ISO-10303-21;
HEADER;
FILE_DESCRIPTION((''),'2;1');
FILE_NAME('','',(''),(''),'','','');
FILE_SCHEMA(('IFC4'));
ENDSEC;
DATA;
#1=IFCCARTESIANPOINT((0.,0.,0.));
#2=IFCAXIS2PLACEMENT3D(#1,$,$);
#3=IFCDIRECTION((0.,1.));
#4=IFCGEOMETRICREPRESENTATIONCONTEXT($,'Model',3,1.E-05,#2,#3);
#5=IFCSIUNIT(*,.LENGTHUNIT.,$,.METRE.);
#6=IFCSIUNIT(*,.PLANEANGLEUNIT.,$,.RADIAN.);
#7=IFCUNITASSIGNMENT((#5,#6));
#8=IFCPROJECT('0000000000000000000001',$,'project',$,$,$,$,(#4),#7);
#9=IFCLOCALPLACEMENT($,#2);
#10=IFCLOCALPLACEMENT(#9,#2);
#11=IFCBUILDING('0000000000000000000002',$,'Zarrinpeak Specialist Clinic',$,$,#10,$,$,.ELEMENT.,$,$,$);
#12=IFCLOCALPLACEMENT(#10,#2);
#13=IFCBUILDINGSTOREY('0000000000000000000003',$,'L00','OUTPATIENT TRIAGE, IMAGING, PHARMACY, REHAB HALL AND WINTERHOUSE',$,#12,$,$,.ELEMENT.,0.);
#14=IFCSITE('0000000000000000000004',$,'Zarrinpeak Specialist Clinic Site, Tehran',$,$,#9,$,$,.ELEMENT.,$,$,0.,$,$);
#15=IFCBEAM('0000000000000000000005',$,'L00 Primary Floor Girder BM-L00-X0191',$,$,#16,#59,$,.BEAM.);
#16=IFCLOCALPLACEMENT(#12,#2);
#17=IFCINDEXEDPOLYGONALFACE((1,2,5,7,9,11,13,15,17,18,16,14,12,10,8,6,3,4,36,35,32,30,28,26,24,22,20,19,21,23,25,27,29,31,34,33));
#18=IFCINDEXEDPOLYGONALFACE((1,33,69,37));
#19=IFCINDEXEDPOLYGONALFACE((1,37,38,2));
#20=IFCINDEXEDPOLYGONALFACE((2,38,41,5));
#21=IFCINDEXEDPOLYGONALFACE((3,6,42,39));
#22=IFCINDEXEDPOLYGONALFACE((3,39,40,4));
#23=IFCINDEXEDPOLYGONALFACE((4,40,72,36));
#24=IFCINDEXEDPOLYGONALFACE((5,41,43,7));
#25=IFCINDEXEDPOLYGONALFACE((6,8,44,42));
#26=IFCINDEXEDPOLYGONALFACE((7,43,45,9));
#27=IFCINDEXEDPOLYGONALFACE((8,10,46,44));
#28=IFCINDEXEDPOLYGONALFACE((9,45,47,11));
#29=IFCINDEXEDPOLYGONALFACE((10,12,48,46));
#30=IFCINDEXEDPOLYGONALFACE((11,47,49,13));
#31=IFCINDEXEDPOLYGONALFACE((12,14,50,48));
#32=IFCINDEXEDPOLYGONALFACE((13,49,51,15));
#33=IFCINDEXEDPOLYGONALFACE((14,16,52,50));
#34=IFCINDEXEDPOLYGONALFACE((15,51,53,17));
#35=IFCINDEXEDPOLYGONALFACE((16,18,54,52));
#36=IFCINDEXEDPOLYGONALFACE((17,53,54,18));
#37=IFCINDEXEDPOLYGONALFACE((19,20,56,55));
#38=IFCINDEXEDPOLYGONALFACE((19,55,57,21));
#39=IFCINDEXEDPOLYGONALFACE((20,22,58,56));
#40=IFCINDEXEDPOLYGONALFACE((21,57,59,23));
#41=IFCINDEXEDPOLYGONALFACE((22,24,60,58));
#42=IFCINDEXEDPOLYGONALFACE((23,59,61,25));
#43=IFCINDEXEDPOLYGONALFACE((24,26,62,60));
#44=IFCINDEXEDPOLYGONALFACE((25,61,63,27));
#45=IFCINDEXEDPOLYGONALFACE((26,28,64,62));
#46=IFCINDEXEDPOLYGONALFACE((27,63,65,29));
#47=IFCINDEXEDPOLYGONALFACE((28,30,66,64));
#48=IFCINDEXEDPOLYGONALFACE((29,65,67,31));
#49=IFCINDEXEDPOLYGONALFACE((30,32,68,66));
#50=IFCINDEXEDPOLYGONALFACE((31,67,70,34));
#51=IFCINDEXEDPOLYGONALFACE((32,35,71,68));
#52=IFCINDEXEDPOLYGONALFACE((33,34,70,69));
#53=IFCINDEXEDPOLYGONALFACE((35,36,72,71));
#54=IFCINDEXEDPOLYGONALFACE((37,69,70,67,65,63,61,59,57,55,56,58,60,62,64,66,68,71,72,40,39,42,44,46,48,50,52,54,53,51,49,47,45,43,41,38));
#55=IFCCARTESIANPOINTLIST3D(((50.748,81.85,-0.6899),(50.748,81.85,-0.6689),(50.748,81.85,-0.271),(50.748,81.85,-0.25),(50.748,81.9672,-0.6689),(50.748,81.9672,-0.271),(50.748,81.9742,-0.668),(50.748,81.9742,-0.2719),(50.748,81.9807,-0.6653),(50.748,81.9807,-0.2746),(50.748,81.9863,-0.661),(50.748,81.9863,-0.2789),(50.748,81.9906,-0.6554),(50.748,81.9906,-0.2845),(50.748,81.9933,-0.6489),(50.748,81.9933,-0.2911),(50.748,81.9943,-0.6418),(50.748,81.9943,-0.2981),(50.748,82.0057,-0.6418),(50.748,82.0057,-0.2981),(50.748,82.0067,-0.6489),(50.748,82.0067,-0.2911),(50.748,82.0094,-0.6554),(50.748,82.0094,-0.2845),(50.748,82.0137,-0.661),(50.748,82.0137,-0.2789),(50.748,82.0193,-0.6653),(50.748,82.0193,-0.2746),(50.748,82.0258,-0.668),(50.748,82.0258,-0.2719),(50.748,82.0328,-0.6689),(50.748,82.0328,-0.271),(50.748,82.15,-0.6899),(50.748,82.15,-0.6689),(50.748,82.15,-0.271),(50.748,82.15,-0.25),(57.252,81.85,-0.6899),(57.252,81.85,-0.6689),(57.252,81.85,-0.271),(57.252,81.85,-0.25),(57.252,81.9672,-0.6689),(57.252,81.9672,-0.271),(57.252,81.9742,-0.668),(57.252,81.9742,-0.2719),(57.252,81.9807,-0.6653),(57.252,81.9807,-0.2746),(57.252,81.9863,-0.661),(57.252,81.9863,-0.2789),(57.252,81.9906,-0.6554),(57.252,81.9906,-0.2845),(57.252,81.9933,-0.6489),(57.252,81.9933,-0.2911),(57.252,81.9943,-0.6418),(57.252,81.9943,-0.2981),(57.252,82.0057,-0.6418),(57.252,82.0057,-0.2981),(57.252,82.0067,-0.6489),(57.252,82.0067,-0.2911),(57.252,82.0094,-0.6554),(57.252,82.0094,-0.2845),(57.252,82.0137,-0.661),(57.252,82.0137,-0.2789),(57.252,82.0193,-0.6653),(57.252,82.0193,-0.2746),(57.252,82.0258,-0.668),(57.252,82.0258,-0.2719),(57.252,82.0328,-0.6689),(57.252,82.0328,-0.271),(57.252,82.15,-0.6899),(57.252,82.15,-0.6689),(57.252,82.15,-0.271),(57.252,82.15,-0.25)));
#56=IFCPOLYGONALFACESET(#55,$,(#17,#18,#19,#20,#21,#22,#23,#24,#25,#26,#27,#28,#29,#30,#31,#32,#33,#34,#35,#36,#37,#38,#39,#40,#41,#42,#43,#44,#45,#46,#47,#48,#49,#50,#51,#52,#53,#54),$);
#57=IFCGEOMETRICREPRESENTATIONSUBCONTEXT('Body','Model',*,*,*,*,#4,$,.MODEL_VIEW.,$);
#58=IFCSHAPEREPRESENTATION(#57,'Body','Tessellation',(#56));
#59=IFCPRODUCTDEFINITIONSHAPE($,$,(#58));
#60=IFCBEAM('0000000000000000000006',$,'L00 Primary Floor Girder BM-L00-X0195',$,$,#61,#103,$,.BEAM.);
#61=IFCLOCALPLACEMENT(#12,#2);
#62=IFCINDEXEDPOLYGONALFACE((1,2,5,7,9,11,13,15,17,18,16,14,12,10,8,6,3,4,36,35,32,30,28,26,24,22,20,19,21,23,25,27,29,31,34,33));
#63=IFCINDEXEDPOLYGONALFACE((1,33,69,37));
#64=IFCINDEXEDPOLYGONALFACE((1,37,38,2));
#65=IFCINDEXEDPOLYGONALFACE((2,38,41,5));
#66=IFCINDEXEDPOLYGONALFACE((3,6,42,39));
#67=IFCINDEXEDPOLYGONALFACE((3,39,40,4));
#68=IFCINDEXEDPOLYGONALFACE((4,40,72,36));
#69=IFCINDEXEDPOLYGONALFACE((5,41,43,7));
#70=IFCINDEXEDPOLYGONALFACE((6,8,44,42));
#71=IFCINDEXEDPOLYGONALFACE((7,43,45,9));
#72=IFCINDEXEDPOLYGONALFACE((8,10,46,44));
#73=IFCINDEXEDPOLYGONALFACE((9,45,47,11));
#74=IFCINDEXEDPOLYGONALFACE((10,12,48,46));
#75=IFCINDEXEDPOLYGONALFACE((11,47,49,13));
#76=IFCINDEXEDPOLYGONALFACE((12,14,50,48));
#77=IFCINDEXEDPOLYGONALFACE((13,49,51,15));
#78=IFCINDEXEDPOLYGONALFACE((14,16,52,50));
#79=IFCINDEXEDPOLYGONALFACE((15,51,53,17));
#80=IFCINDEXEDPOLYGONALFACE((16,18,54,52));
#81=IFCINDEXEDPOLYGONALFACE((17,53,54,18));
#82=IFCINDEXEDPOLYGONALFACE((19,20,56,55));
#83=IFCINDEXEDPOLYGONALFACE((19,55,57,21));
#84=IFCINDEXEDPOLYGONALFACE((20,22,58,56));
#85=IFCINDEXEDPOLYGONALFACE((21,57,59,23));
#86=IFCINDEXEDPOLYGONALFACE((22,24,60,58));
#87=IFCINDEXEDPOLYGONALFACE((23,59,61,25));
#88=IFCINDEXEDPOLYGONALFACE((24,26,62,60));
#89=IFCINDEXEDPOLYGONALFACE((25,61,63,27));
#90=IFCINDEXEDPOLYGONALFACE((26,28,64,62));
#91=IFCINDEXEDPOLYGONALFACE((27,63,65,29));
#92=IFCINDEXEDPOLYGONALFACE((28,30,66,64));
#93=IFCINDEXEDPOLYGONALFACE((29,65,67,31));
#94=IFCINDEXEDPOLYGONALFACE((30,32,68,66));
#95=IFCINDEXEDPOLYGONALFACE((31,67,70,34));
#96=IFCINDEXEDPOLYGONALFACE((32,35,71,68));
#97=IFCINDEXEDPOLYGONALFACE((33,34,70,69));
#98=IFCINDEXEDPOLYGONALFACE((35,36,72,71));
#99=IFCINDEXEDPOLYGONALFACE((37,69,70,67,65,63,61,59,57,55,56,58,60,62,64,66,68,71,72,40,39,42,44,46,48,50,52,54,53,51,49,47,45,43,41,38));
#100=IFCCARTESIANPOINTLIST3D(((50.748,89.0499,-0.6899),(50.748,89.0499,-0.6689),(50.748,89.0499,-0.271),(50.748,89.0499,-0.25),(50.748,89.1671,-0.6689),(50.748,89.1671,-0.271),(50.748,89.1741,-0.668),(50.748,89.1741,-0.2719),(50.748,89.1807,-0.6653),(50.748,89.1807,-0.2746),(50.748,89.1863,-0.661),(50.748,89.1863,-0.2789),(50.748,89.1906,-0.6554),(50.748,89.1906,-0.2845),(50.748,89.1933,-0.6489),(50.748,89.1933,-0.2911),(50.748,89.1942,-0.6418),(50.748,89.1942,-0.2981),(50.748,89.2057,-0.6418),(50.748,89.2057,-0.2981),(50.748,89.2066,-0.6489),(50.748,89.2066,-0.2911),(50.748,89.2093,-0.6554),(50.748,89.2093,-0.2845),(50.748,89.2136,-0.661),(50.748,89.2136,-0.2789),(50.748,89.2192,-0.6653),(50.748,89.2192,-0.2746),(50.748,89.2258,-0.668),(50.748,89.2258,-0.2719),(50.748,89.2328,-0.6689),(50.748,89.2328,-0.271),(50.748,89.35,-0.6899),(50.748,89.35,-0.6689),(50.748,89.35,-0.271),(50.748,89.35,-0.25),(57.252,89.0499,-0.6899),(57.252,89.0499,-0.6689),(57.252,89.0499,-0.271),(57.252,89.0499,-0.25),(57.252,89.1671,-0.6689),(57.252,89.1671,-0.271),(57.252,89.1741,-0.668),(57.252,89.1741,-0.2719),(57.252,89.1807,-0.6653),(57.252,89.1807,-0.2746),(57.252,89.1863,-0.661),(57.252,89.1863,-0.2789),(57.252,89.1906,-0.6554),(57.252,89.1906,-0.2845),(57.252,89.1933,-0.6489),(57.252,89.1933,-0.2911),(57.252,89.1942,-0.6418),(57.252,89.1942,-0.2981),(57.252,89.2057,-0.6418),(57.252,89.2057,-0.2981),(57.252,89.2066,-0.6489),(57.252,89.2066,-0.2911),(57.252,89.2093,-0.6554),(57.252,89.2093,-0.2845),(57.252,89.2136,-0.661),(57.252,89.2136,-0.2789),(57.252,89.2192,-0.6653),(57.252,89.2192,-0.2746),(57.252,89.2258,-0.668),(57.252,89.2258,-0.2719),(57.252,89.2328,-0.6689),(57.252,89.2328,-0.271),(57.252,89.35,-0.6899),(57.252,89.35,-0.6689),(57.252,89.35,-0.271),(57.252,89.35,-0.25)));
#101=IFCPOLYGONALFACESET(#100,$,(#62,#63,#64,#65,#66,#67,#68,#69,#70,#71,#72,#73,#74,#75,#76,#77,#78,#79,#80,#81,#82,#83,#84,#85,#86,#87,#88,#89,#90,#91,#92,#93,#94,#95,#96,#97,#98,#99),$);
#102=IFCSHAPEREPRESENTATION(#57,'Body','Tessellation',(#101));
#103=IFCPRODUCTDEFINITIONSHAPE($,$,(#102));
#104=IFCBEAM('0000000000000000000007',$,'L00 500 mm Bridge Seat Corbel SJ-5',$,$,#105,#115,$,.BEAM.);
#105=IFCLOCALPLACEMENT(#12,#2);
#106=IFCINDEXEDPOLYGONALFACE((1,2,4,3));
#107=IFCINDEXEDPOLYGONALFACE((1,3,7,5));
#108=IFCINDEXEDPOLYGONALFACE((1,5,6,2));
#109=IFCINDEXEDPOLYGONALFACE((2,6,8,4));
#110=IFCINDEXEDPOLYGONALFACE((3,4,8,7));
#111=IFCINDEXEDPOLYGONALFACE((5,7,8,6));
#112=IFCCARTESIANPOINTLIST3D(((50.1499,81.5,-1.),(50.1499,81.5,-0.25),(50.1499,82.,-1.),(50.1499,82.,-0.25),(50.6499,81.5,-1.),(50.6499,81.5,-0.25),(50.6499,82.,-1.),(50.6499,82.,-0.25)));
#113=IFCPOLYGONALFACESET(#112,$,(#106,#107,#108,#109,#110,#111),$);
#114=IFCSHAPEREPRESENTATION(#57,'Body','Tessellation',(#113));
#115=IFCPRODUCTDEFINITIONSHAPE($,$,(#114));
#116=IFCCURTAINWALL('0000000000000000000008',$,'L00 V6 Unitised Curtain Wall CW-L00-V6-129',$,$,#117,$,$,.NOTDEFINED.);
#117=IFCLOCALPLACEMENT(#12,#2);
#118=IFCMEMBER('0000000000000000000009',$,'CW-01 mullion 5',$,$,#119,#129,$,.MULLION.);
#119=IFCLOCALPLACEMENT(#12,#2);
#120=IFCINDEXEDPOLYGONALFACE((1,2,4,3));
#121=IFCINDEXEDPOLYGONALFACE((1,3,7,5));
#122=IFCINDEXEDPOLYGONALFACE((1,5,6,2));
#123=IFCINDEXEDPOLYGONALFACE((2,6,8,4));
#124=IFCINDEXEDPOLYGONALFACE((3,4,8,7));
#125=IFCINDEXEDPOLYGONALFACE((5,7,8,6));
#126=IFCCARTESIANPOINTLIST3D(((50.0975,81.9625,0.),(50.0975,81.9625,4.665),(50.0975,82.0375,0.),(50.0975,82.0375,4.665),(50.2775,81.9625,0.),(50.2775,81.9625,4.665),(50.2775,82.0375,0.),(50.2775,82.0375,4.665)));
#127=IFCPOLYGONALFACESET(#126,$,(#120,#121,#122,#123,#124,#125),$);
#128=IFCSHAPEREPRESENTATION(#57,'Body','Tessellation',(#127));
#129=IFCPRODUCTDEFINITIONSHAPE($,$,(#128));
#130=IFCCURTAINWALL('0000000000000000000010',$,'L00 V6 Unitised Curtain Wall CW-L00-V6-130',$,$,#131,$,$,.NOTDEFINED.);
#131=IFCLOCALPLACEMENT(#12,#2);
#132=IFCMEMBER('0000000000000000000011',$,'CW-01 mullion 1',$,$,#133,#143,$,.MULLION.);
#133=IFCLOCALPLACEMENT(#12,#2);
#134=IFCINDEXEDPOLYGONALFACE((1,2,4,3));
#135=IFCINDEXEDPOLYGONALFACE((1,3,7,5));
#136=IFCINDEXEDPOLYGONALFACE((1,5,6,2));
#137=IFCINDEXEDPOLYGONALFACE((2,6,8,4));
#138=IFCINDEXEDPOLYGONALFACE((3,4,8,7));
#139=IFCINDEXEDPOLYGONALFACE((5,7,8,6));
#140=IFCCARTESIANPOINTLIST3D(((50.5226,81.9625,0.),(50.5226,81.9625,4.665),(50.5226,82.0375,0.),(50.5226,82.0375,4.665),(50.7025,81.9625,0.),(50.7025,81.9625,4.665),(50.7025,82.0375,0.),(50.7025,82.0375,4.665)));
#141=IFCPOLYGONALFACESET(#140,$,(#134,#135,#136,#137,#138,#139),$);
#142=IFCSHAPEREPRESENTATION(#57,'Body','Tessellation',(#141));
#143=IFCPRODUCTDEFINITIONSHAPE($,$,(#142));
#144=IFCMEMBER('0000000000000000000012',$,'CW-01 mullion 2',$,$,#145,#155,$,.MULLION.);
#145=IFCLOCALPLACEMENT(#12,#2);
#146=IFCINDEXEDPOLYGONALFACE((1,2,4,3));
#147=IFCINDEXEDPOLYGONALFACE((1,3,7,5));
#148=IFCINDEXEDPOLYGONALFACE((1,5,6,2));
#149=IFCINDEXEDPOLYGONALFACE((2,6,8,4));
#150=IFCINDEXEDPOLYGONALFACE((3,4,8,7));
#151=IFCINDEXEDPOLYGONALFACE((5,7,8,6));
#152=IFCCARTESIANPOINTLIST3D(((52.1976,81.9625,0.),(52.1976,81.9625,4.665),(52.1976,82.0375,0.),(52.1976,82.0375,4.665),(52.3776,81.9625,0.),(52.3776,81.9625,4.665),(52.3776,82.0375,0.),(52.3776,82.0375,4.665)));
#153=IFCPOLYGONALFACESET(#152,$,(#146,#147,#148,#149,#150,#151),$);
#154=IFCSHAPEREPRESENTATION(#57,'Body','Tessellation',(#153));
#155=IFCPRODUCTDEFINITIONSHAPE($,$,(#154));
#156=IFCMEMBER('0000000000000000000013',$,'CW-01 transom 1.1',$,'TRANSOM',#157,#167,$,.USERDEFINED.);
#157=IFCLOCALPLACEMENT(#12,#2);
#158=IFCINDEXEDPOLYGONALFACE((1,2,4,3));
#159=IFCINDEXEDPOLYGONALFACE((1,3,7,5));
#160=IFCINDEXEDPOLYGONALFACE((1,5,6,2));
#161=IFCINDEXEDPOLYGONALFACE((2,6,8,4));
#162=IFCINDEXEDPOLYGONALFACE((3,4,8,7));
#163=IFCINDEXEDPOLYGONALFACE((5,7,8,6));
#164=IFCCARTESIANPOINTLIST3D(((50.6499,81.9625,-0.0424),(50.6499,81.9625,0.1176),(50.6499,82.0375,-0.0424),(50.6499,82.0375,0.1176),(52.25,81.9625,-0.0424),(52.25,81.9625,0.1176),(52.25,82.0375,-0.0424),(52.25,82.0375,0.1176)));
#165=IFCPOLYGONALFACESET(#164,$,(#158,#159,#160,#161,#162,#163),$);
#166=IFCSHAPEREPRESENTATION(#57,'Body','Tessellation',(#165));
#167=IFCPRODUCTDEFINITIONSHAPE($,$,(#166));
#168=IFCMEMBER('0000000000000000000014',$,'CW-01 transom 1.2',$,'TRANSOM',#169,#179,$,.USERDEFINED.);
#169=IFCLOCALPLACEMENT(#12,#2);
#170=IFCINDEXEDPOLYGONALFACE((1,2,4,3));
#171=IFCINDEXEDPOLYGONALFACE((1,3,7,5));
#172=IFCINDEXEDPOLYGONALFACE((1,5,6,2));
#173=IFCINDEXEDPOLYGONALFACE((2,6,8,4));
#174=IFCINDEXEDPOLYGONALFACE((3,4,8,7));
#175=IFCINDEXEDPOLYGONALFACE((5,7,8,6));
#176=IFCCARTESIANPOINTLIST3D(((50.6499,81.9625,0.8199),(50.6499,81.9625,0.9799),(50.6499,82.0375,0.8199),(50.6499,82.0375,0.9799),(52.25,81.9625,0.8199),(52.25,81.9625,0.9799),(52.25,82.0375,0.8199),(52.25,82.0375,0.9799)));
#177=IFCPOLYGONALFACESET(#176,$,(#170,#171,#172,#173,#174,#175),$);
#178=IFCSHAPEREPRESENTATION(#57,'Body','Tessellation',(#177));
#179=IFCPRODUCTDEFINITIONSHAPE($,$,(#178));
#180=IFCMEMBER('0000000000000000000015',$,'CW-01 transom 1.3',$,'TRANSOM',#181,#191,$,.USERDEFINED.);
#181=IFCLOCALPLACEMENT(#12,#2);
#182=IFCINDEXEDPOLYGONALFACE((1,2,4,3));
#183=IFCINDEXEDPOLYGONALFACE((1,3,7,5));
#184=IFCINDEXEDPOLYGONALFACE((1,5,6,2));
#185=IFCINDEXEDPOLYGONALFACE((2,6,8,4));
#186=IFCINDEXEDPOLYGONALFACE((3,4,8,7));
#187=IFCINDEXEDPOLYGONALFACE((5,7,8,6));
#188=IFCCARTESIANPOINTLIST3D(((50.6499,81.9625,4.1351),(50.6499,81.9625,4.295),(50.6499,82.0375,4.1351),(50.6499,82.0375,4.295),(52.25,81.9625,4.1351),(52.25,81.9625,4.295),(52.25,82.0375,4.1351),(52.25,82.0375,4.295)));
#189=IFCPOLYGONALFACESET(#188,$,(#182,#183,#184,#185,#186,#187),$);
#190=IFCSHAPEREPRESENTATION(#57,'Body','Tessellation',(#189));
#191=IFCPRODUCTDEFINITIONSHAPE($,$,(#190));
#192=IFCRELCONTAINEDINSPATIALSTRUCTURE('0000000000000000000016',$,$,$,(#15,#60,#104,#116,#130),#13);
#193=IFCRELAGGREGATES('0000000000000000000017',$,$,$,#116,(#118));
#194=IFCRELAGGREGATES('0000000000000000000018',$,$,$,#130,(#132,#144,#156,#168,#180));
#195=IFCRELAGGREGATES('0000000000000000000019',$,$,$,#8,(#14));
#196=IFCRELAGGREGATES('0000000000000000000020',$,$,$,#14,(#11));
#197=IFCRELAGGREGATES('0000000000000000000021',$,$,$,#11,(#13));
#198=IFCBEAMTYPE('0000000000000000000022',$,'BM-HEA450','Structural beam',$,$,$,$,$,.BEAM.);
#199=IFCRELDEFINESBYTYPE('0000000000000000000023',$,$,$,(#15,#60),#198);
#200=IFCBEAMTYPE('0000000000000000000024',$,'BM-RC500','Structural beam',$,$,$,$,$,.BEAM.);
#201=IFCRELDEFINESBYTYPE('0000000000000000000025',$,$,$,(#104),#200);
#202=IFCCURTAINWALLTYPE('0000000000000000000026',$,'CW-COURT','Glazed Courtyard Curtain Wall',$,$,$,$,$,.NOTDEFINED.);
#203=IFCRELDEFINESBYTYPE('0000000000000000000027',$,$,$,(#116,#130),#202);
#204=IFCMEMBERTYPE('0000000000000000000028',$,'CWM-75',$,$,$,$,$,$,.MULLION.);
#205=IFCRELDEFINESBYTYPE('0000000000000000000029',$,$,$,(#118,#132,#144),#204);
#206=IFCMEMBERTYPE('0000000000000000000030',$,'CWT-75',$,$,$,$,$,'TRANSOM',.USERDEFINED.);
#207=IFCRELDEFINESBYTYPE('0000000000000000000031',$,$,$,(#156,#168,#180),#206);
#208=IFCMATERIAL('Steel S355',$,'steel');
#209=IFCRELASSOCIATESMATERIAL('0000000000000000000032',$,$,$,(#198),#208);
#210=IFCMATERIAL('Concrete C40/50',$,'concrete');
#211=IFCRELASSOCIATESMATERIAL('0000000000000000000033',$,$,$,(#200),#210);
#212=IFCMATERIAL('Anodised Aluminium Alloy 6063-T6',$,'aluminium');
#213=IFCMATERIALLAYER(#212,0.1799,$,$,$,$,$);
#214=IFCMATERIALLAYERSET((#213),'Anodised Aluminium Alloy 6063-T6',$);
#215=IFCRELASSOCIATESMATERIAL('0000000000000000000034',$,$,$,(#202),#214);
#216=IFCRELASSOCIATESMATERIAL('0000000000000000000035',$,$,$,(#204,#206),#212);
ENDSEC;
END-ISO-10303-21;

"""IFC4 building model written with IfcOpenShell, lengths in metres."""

from ifc_helpers import new_model, si_unit, direction, frame, origin, origin_2d, place, context, subcontext, project, spatial, rectangle, i_section, extrude, material, layer, layer_set, material_profile, profile_set, type_object, element, aggregate, save


model = new_model("IFC4")

# Units and contexts
model_context = context("Model", 3, precision=1e-05, world=origin(), true_north=direction((0.0, 1.0)))
body_context = subcontext(model_context, "Body", "Model", "MODEL_VIEW")
ifc_project = project(units=[si_unit("LENGTHUNIT", "METRE"), si_unit("PLANEANGLEUNIT", "RADIAN")], contexts=[model_context])

# Site, building, storey
site_placement = place(None, origin())
site = spatial("IfcSite", under=ifc_project, at=site_placement, Name="Zarrinpeak Specialist Clinic Site, Tehran", CompositionType="ELEMENT", RefElevation=0.0)
building_placement = place(site_placement, origin())
building = spatial("IfcBuilding", under=site, at=building_placement, Name="Zarrinpeak Specialist Clinic", CompositionType="ELEMENT")
storey_placement = place(building_placement, origin())
storey = spatial("IfcBuildingStorey", under=building, at=storey_placement, Name="L00", Description="OUTPATIENT TRIAGE, IMAGING, PHARMACY, REHAB HALL AND WINTERHOUSE", CompositionType="ELEMENT", Elevation=0.0)

# Shared definitions
ifc_material_1 = material(Name="Steel S355", Category="steel")

# Beams
ifc_material_profile_1 = material_profile(ifc_material_1, i_section(OverallWidth=0.3, OverallDepth=0.4399, WebThickness=0.0115, FlangeThickness=0.021, FilletRadius=0.0271, at=origin_2d()), Name="HEA 450")
ifc_profile_set_1 = profile_set([ifc_material_profile_1], Name="Steel S355")
beam_type_1 = type_object("IfcBeamType", Name="BM-HEA450", Description="Structural beam", PredefinedType="BEAM", material=ifc_profile_set_1)
for number, where, z_axis, x_axis, name in (
    (1, (50.748, 82.0, -0.47), (1.0, 0.0, 0.0), (0.0, 1.0, 0.0), "L00 Primary Floor Girder BM-L00-X0191"),
    (2, (50.748, 89.2, -0.47), (1.0, 0.0, 0.0), (0.0, 1.0, 0.0), "L00 Primary Floor Girder BM-L00-X0195"),
):
    element("IfcBeam", number, at=place(storey_placement, frame(where, z_axis=z_axis, x_axis=x_axis)), inside=storey, type_object=beam_type_1, Name=name, PredefinedType="BEAM", context=body_context, shape_type="SweptSolid", body=[
        extrude(i_section(OverallWidth=0.3, OverallDepth=0.4399, WebThickness=0.0115, FlangeThickness=0.021, FilletRadius=0.0271, at=origin_2d()), origin(), (0.0, 0.0, 1.0), 6.5039),
    ])
ifc_material_2 = material(Name="Concrete C40/50", Category="concrete")
ifc_material_profile_2 = material_profile(ifc_material_2, rectangle(XDim=0.5, YDim=0.75, at=origin_2d()), Name="RC 500x750")
ifc_profile_set_2 = profile_set([ifc_material_profile_2], Name="Concrete C40/50")
beam_type_2 = type_object("IfcBeamType", Name="BM-RC500", Description="Structural beam", PredefinedType="BEAM", material=ifc_profile_set_2)
beam_1_placement = place(storey_placement, frame((50.3999, 82.0, -0.625), z_axis=(0.0, -1.0, 0.0), x_axis=(1.0, 0.0, 0.0)))
element("IfcBeam", 3, at=beam_1_placement, inside=storey, type_object=beam_type_2, Name="L00 500 mm Bridge Seat Corbel SJ-5", PredefinedType="BEAM", context=body_context, shape_type="SweptSolid", body=[
    extrude(rectangle(XDim=0.5, YDim=0.75, at=origin_2d()), origin(), (0.0, 0.0, 1.0), 0.5),
])

# Curtain wall, member
ifc_material_3 = material(Name="Anodised Aluminium Alloy 6063-T6", Category="aluminium")
ifc_layer_1 = layer(ifc_material_3, 0.1799)
ifc_layer_set_1 = layer_set([ifc_layer_1], Name="Anodised Aluminium Alloy 6063-T6")
curtain_wall_type = type_object("IfcCurtainWallType", Name="CW-COURT", Description="Glazed Courtyard Curtain Wall", PredefinedType="NOTDEFINED", material=ifc_layer_set_1)
curtain_wall_1_placement = place(storey_placement, origin())
curtain_wall_1 = element("IfcCurtainWall", 4, at=curtain_wall_1_placement, inside=storey, type_object=curtain_wall_type, Name="L00 V6 Unitised Curtain Wall CW-L00-V6-129", PredefinedType="NOTDEFINED")
ifc_material_profile_3 = material_profile(ifc_material_3, rectangle(XDim=0.075, YDim=0.1799, at=origin_2d()), Name="ALU 75x180")
ifc_profile_set_3 = profile_set([ifc_material_profile_3], Name="Anodised Aluminium Alloy 6063-T6")
member_type_1 = type_object("IfcMemberType", Name="CWM-75", PredefinedType="MULLION", material=ifc_profile_set_3)
member_1_placement = place(storey_placement, frame((50.1875, 82.0, 0.0), z_axis=(0.0, 0.0, 1.0), x_axis=(0.0, 1.0, 0.0)))
member_1 = element("IfcMember", 5, at=member_1_placement, type_object=member_type_1, Name="CW-01 mullion 5", PredefinedType="MULLION", context=body_context, shape_type="SweptSolid", body=[
    extrude(rectangle(XDim=0.075, YDim=0.1799, at=origin_2d()), origin(), (0.0, 0.0, 1.0), 4.665),
])
aggregate(curtain_wall_1, [member_1])

# Curtain wall, members
curtain_wall_2_placement = place(storey_placement, origin())
curtain_wall_2 = element("IfcCurtainWall", 6, at=curtain_wall_2_placement, inside=storey, type_object=curtain_wall_type, Name="L00 V6 Unitised Curtain Wall CW-L00-V6-130", PredefinedType="NOTDEFINED")
member_2_placement = place(storey_placement, frame((50.6125, 82.0, 0.0), z_axis=(0.0, 0.0, 1.0), x_axis=(0.0, 1.0, 0.0)))
member_2 = element("IfcMember", 7, at=member_2_placement, type_object=member_type_1, Name="CW-01 mullion 1", PredefinedType="MULLION", context=body_context, shape_type="SweptSolid", body=[
    extrude(rectangle(XDim=0.075, YDim=0.1799, at=origin_2d()), origin(), (0.0, 0.0, 1.0), 4.665),
])
member_3_placement = place(storey_placement, frame((52.2876, 82.0, 0.0), z_axis=(0.0, 0.0, 1.0), x_axis=(0.0, 1.0, 0.0)))
member_3 = element("IfcMember", 8, at=member_3_placement, type_object=member_type_1, Name="CW-01 mullion 2", PredefinedType="MULLION", context=body_context, shape_type="SweptSolid", body=[
    extrude(rectangle(XDim=0.075, YDim=0.1799, at=origin_2d()), origin(), (0.0, 0.0, 1.0), 4.665),
])
ifc_material_profile_4 = material_profile(ifc_material_3, rectangle(XDim=0.075, YDim=0.1599, at=origin_2d()), Name="ALU 75x160")
ifc_profile_set_4 = profile_set([ifc_material_profile_4], Name="Anodised Aluminium Alloy 6063-T6")
member_type_2 = type_object("IfcMemberType", Name="CWT-75", ElementType="TRANSOM", PredefinedType="USERDEFINED", material=ifc_profile_set_4)
member_4_placement = place(storey_placement, frame((50.6499, 82.0, 0.0376), z_axis=(1.0, 0.0, 0.0), x_axis=(0.0, 1.0, 0.0)))
member_4 = element("IfcMember", 9, at=member_4_placement, type_object=member_type_2, Name="CW-01 transom 1.1", ObjectType="TRANSOM", PredefinedType="USERDEFINED", context=body_context, shape_type="SweptSolid", body=[
    extrude(rectangle(XDim=0.075, YDim=0.1599, at=origin_2d()), origin(), (0.0, 0.0, 1.0), 1.6001),
])
member_5_placement = place(storey_placement, frame((50.6499, 82.0, 0.8999), z_axis=(1.0, 0.0, 0.0), x_axis=(0.0, 1.0, 0.0)))
member_5 = element("IfcMember", 10, at=member_5_placement, type_object=member_type_2, Name="CW-01 transom 1.2", ObjectType="TRANSOM", PredefinedType="USERDEFINED", context=body_context, shape_type="SweptSolid", body=[
    extrude(rectangle(XDim=0.075, YDim=0.1599, at=origin_2d()), origin(), (0.0, 0.0, 1.0), 1.6001),
])
member_6_placement = place(storey_placement, frame((50.6499, 82.0, 4.2151), z_axis=(1.0, 0.0, 0.0), x_axis=(0.0, 1.0, 0.0)))
member_6 = element("IfcMember", 11, at=member_6_placement, type_object=member_type_2, Name="CW-01 transom 1.3", ObjectType="TRANSOM", PredefinedType="USERDEFINED", context=body_context, shape_type="SweptSolid", body=[
    extrude(rectangle(XDim=0.075, YDim=0.1599, at=origin_2d()), origin(), (0.0, 0.0, 1.0), 1.6001),
])

aggregate(curtain_wall_2, [member_2, member_3, member_4, member_5, member_6])

save(model, "model.ifc")
